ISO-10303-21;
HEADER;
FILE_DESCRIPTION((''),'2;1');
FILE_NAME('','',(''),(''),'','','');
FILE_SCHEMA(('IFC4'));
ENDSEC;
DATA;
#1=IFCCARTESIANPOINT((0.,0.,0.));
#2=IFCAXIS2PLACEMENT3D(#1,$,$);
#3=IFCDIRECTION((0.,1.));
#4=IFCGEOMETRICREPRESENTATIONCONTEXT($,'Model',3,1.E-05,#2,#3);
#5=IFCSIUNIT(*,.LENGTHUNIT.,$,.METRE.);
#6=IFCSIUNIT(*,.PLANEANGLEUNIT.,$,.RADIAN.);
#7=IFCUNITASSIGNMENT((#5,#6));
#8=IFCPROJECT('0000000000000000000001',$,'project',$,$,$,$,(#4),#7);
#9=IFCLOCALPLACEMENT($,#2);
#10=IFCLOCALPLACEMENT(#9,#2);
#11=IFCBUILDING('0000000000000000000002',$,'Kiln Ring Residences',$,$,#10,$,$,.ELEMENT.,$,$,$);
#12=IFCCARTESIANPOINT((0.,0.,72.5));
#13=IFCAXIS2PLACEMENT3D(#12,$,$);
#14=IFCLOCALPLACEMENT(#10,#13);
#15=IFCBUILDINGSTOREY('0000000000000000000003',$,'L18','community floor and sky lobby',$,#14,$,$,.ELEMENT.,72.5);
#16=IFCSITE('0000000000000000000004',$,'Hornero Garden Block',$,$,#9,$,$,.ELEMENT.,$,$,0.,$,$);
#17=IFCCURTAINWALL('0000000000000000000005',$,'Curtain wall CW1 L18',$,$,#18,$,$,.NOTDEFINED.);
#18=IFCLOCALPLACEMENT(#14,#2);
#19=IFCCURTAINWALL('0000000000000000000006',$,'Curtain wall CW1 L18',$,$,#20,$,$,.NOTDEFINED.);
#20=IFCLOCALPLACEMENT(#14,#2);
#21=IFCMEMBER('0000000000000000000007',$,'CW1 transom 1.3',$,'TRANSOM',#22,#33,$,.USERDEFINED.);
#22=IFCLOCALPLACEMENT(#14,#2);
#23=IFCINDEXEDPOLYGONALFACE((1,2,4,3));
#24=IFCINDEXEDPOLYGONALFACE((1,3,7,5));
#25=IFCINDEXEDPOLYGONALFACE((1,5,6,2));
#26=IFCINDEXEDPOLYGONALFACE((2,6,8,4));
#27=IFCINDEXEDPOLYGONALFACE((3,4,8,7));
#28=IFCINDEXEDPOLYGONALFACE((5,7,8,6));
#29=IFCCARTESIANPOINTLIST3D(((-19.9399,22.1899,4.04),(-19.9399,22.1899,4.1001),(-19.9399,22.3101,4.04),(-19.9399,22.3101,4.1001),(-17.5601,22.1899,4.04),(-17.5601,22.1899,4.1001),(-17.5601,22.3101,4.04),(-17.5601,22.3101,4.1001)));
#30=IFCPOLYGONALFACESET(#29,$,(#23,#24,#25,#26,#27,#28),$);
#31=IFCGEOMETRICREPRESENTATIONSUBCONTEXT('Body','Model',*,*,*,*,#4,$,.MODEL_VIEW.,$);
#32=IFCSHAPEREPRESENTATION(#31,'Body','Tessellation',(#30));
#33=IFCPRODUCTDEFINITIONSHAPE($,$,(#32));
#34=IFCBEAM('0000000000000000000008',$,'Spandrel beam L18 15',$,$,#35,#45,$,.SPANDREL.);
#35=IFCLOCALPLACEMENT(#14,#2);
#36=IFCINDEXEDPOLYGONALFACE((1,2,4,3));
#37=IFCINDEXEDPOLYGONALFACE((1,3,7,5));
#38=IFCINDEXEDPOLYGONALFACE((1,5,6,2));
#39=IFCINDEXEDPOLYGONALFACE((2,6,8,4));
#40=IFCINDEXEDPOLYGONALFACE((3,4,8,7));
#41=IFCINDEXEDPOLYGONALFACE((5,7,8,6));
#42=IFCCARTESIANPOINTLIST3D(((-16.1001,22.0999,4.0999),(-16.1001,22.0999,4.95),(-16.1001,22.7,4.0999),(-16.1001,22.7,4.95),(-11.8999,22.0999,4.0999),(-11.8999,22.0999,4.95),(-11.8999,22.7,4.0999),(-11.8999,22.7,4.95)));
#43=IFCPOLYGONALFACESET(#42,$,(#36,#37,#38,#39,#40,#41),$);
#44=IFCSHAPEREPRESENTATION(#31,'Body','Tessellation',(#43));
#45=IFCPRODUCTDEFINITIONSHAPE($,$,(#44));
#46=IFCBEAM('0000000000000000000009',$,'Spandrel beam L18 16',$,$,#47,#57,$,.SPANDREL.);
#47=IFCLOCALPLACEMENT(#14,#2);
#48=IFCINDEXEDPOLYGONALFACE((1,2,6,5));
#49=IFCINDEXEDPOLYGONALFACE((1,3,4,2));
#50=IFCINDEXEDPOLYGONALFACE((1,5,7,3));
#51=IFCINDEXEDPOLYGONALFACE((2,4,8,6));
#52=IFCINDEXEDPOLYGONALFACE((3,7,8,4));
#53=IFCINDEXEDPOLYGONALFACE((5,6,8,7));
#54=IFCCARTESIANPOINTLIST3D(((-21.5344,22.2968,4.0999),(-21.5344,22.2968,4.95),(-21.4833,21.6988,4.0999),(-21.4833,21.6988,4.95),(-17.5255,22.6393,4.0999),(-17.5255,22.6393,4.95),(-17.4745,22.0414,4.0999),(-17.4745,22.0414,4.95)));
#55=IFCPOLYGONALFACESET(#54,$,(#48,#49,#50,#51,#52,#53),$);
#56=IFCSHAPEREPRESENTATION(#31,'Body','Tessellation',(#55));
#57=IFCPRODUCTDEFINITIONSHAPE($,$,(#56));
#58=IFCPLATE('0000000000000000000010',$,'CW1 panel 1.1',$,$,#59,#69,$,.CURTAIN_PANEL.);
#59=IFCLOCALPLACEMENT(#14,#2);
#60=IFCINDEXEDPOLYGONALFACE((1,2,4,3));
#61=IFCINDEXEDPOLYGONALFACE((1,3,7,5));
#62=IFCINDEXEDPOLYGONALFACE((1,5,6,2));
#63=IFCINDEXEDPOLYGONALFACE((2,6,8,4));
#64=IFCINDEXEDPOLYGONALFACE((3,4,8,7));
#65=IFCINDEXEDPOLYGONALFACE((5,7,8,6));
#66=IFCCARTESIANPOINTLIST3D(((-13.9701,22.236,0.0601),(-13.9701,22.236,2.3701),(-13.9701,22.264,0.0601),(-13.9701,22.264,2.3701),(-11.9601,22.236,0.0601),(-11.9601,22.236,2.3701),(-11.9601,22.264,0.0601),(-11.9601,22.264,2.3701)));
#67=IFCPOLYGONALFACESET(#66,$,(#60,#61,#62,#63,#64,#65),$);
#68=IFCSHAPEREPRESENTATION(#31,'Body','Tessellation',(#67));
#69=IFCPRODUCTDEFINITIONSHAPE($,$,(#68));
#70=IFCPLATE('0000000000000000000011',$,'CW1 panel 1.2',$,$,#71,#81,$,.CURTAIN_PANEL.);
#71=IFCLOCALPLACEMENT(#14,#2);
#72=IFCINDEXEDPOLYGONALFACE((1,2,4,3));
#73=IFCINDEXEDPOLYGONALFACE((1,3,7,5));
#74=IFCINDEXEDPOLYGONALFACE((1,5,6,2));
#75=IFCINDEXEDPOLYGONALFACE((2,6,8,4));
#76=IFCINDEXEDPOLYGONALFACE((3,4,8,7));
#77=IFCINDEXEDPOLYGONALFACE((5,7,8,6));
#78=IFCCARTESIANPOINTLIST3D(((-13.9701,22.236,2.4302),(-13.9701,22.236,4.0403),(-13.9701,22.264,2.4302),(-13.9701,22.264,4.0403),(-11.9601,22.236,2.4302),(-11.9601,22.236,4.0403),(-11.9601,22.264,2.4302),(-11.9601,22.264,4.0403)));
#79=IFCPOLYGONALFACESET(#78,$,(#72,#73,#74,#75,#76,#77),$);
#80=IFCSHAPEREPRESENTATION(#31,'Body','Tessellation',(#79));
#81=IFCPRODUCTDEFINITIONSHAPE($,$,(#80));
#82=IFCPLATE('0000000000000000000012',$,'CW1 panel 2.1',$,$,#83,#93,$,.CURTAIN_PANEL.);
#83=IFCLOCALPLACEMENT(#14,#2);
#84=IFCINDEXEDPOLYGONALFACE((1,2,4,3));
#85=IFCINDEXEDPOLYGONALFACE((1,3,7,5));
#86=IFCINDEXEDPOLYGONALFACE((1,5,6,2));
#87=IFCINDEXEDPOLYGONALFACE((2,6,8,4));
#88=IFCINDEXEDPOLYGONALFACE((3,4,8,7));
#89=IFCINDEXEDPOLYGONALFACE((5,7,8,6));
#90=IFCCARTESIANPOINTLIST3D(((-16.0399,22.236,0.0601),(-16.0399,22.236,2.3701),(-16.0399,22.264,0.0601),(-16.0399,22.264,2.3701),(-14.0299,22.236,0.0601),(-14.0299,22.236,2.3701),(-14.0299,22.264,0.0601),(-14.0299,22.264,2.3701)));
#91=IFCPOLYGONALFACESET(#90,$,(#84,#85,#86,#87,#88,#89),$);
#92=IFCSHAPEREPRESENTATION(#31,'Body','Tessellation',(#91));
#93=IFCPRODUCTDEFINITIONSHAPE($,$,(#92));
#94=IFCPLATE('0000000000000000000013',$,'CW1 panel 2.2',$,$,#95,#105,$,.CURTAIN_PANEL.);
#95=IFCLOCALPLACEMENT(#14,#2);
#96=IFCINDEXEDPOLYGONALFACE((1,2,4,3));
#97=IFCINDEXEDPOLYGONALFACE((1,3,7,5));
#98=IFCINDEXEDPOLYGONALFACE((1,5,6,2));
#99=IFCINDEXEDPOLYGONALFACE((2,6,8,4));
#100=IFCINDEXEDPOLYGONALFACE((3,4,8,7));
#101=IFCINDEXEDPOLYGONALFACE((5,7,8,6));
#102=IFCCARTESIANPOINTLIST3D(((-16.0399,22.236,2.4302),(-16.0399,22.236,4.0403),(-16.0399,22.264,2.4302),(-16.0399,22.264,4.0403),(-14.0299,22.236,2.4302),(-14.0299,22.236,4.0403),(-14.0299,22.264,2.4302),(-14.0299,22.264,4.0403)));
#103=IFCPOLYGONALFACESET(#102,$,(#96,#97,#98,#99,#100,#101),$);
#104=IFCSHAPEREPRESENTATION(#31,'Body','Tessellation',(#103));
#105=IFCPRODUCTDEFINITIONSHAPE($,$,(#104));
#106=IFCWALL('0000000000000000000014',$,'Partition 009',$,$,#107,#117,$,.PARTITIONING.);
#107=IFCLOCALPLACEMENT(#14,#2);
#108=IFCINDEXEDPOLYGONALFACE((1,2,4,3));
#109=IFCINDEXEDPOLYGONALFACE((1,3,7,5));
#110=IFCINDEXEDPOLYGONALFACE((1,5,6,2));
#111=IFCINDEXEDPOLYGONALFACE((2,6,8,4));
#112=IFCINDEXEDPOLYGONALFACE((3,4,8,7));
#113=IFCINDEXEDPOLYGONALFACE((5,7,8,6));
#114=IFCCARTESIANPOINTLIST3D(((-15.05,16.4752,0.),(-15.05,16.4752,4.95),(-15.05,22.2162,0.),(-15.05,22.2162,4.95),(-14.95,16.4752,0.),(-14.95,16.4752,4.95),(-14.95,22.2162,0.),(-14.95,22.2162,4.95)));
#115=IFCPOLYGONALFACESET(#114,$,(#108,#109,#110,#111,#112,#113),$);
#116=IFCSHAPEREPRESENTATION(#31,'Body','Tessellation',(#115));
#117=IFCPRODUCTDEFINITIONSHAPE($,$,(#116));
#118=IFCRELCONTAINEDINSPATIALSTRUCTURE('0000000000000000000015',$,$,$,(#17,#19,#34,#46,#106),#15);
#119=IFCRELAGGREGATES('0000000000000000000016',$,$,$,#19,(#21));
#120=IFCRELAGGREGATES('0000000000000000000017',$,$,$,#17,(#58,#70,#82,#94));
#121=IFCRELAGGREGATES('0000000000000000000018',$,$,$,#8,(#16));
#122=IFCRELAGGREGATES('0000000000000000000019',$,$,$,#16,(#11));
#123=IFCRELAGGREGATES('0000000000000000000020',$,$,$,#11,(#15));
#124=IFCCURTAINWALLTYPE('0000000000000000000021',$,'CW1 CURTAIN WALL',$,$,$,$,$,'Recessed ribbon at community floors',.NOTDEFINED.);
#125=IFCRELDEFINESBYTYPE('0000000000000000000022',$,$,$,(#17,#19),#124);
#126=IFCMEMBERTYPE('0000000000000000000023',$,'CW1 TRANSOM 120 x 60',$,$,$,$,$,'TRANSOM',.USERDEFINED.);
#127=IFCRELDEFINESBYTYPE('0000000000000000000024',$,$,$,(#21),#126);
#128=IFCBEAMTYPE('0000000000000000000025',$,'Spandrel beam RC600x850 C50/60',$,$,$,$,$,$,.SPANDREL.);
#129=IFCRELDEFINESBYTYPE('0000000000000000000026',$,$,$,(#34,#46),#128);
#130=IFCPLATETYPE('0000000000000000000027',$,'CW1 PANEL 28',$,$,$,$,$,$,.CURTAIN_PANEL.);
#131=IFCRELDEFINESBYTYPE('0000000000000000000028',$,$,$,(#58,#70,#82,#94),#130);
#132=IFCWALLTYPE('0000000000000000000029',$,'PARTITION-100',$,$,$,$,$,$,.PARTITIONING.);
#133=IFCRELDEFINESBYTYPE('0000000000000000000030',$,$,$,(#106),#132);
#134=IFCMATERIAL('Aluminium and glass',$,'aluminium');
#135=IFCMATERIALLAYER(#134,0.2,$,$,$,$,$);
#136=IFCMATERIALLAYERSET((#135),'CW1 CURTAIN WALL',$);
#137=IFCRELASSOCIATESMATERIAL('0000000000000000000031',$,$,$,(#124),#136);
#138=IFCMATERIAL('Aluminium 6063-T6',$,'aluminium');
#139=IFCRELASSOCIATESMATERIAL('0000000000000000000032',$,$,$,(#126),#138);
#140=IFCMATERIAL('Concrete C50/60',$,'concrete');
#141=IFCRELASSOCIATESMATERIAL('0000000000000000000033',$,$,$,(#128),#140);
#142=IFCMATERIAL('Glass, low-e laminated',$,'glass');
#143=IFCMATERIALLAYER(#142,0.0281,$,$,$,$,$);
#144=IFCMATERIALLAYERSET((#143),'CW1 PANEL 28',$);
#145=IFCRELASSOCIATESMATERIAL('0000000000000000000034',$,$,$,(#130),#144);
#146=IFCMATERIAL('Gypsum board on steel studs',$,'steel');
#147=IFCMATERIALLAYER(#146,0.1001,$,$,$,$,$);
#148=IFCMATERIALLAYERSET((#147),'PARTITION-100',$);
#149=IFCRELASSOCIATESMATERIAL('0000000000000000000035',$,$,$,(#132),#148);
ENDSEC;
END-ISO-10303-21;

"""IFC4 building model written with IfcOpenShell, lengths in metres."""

from ifc_helpers import new_model, si_unit, direction, frame, frame_2d, origin, origin_2d, place, context, subcontext, project, spatial, rectangle, extrude, material, layer, layer_set, material_profile, profile_set, type_object, element, aggregate, save


model = new_model("IFC4")

# Units and contexts
model_context = context("Model", 3, precision=1e-05, world=origin(), true_north=direction((0.0, 1.0)))
body_context = subcontext(model_context, "Body", "Model", "MODEL_VIEW")
ifc_project = project(units=[si_unit("LENGTHUNIT", "METRE"), si_unit("PLANEANGLEUNIT", "RADIAN")], contexts=[model_context])

# Site, building, storey
site_placement = place(None, origin())
site = spatial("IfcSite", under=ifc_project, at=site_placement, Name="Hornero Garden Block", CompositionType="ELEMENT", RefElevation=0.0)
building_placement = place(site_placement, origin())
building = spatial("IfcBuilding", under=site, at=building_placement, Name="Kiln Ring Residences", CompositionType="ELEMENT")
storey_placement = place(building_placement, frame((0.0, 0.0, 72.5)))
storey = spatial("IfcBuildingStorey", under=building, at=storey_placement, Name="L18", Description="community floor and sky lobby", CompositionType="ELEMENT", Elevation=72.5)

# Curtain wall
ifc_material_1 = material(Name="Aluminium and glass", Category="aluminium")
ifc_layer_1 = layer(ifc_material_1, 0.2)
ifc_layer_set_1 = layer_set([ifc_layer_1], Name="CW1 CURTAIN WALL")
curtain_wall_type = type_object("IfcCurtainWallType", Name="CW1 CURTAIN WALL", ElementType="Recessed ribbon at community floors", PredefinedType="NOTDEFINED", material=ifc_layer_set_1)
placement = place(storey_placement, origin())
curtain_wall_1 = element("IfcCurtainWall", 1, at=placement, inside=storey, type_object=curtain_wall_type, Name="Curtain wall CW1 L18", PredefinedType="NOTDEFINED")

# Curtain wall
curtain_wall_2 = element("IfcCurtainWall", 2, at=placement, inside=storey, type_object=curtain_wall_type, Name="Curtain wall CW1 L18", PredefinedType="NOTDEFINED")

# Member
ifc_material_2 = material(Name="Aluminium 6063-T6", Category="aluminium")
ifc_material_profile_1 = material_profile(ifc_material_2, rectangle(XDim=0.1201, YDim=0.0601, at=origin_2d()), Name="AL 120x60")
ifc_profile_set_1 = profile_set([ifc_material_profile_1], Name="Aluminium 6063-T6")
member_type_1 = type_object("IfcMemberType", Name="CW1 TRANSOM 120 x 60", ElementType="TRANSOM", PredefinedType="USERDEFINED", material=ifc_profile_set_1)
member_1_placement = place(storey_placement, frame((-17.5601, 22.25, 4.0701), z_axis=(-1.0, 0.0, 0.0), x_axis=(0.0, -1.0, 0.0)))
member_1 = element("IfcMember", 3, at=member_1_placement, type_object=member_type_1, Name="CW1 transom 1.3", ObjectType="TRANSOM", PredefinedType="USERDEFINED", context=body_context, shape_type="SweptSolid", body=[
    extrude(rectangle(XDim=0.1201, YDim=0.0601, at=origin_2d()), origin(), (0.0, 0.0, 1.0), 2.3799),
])
aggregate(curtain_wall_2, [member_1])

# Beams
ifc_material_3 = material(Name="Concrete C50/60", Category="concrete")
ifc_material_profile_2 = material_profile(ifc_material_3, rectangle(XDim=0.6001, YDim=0.8501, at=origin_2d()), Name="RC600x850")
ifc_profile_set_2 = profile_set([ifc_material_profile_2], Name="Concrete C50/60")
beam_type = type_object("IfcBeamType", Name="Spandrel beam RC600x850 C50/60", PredefinedType="SPANDREL", material=ifc_profile_set_2)
beam_1_placement = place(storey_placement, frame((-11.8999, 22.3999, 4.5249), z_axis=(-1.0, 0.0, 0.0), x_axis=(0.0, -1.0, 0.0)))
element("IfcBeam", 4, at=beam_1_placement, inside=storey, type_object=beam_type, Name="Spandrel beam L18 15", PredefinedType="SPANDREL", context=body_context, shape_type="SweptSolid", body=[
    extrude(rectangle(XDim=0.6001, YDim=0.8501, at=origin_2d()), origin(), (0.0, 0.0, 1.0), 4.2002),
])
beam_2_placement = place(storey_placement, frame((-17.5, 22.3403, 4.5249), z_axis=(-0.996369, -0.085134, 0.0), x_axis=(0.085134, -0.996369, 0.0)))
element("IfcBeam", 5, at=beam_2_placement, inside=storey, type_object=beam_type, Name="Spandrel beam L18 16", PredefinedType="SPANDREL", context=body_context, shape_type="SweptSolid", body=[
    extrude(rectangle(XDim=0.6001, YDim=0.8501, at=origin_2d()), origin(), (0.0, 0.0, 1.0), 4.0234),
])

# Plates
ifc_material_4 = material(Name="Glass, low-e laminated", Category="glass")
ifc_layer_2 = layer(ifc_material_4, 0.0281)
ifc_layer_set_2 = layer_set([ifc_layer_2], Name="CW1 PANEL 28")
plate_type = type_object("IfcPlateType", Name="CW1 PANEL 28", PredefinedType="CURTAIN_PANEL", material=ifc_layer_set_2)
plate_1_placement = place(storey_placement, frame((-12.9651, 22.25, 0.0601), z_axis=(0.0, 0.0, 1.0), x_axis=(-1.0, 0.0, 0.0)))
plate_1 = element("IfcPlate", 6, at=plate_1_placement, type_object=plate_type, Name="CW1 panel 1.1", PredefinedType="CURTAIN_PANEL", context=body_context, shape_type="SweptSolid", body=[
    extrude(rectangle(XDim=2.01, YDim=0.0281, at=origin_2d()), origin(), (0.0, 0.0, 1.0), 2.3101),
])
plate_2_placement = place(storey_placement, frame((-12.9651, 22.25, 2.4302), z_axis=(0.0, 0.0, 1.0), x_axis=(-1.0, 0.0, 0.0)))
plate_2 = element("IfcPlate", 7, at=plate_2_placement, type_object=plate_type, Name="CW1 panel 1.2", PredefinedType="CURTAIN_PANEL", context=body_context, shape_type="SweptSolid", body=[
    extrude(rectangle(XDim=2.01, YDim=0.0281, at=origin_2d()), origin(), (0.0, 0.0, 1.0), 1.6101),
])
plate_3_placement = place(storey_placement, frame((-15.0349, 22.25, 0.0601), z_axis=(0.0, 0.0, 1.0), x_axis=(-1.0, 0.0, 0.0)))
plate_3 = element("IfcPlate", 8, at=plate_3_placement, type_object=plate_type, Name="CW1 panel 2.1", PredefinedType="CURTAIN_PANEL", context=body_context, shape_type="SweptSolid", body=[
    extrude(rectangle(XDim=2.01, YDim=0.0281, at=origin_2d()), origin(), (0.0, 0.0, 1.0), 2.3101),
])
plate_4_placement = place(storey_placement, frame((-15.0349, 22.25, 2.4302), z_axis=(0.0, 0.0, 1.0), x_axis=(-1.0, 0.0, 0.0)))
plate_4 = element("IfcPlate", 9, at=plate_4_placement, type_object=plate_type, Name="CW1 panel 2.2", PredefinedType="CURTAIN_PANEL", context=body_context, shape_type="SweptSolid", body=[
    extrude(rectangle(XDim=2.01, YDim=0.0281, at=origin_2d()), origin(), (0.0, 0.0, 1.0), 1.6101),
])
aggregate(curtain_wall_1, [plate_1, plate_2, plate_3, plate_4])

# Wall
ifc_material_5 = material(Name="Gypsum board on steel studs", Category="steel")
ifc_layer_3 = layer(ifc_material_5, 0.1001)
ifc_layer_set_3 = layer_set([ifc_layer_3], Name="PARTITION-100")
wall_type = type_object("IfcWallType", Name="PARTITION-100", PredefinedType="PARTITIONING", material=ifc_layer_set_3)
wall_placement = place(storey_placement, frame((-15.0, 16.4751, 0.0), z_axis=(0.0, 0.0, 1.0), x_axis=(0.0, 1.0, 0.0)))
element("IfcWall", 10, at=wall_placement, inside=storey, type_object=wall_type, Name="Partition 009", PredefinedType="PARTITIONING", context=body_context, shape_type="SweptSolid", body=[
    extrude(rectangle(XDim=5.741, YDim=0.1001, at=frame_2d((2.8706, 0.0))), origin(), (0.0, 0.0, 1.0), 4.95),
])

save(model, "model.ifc")
